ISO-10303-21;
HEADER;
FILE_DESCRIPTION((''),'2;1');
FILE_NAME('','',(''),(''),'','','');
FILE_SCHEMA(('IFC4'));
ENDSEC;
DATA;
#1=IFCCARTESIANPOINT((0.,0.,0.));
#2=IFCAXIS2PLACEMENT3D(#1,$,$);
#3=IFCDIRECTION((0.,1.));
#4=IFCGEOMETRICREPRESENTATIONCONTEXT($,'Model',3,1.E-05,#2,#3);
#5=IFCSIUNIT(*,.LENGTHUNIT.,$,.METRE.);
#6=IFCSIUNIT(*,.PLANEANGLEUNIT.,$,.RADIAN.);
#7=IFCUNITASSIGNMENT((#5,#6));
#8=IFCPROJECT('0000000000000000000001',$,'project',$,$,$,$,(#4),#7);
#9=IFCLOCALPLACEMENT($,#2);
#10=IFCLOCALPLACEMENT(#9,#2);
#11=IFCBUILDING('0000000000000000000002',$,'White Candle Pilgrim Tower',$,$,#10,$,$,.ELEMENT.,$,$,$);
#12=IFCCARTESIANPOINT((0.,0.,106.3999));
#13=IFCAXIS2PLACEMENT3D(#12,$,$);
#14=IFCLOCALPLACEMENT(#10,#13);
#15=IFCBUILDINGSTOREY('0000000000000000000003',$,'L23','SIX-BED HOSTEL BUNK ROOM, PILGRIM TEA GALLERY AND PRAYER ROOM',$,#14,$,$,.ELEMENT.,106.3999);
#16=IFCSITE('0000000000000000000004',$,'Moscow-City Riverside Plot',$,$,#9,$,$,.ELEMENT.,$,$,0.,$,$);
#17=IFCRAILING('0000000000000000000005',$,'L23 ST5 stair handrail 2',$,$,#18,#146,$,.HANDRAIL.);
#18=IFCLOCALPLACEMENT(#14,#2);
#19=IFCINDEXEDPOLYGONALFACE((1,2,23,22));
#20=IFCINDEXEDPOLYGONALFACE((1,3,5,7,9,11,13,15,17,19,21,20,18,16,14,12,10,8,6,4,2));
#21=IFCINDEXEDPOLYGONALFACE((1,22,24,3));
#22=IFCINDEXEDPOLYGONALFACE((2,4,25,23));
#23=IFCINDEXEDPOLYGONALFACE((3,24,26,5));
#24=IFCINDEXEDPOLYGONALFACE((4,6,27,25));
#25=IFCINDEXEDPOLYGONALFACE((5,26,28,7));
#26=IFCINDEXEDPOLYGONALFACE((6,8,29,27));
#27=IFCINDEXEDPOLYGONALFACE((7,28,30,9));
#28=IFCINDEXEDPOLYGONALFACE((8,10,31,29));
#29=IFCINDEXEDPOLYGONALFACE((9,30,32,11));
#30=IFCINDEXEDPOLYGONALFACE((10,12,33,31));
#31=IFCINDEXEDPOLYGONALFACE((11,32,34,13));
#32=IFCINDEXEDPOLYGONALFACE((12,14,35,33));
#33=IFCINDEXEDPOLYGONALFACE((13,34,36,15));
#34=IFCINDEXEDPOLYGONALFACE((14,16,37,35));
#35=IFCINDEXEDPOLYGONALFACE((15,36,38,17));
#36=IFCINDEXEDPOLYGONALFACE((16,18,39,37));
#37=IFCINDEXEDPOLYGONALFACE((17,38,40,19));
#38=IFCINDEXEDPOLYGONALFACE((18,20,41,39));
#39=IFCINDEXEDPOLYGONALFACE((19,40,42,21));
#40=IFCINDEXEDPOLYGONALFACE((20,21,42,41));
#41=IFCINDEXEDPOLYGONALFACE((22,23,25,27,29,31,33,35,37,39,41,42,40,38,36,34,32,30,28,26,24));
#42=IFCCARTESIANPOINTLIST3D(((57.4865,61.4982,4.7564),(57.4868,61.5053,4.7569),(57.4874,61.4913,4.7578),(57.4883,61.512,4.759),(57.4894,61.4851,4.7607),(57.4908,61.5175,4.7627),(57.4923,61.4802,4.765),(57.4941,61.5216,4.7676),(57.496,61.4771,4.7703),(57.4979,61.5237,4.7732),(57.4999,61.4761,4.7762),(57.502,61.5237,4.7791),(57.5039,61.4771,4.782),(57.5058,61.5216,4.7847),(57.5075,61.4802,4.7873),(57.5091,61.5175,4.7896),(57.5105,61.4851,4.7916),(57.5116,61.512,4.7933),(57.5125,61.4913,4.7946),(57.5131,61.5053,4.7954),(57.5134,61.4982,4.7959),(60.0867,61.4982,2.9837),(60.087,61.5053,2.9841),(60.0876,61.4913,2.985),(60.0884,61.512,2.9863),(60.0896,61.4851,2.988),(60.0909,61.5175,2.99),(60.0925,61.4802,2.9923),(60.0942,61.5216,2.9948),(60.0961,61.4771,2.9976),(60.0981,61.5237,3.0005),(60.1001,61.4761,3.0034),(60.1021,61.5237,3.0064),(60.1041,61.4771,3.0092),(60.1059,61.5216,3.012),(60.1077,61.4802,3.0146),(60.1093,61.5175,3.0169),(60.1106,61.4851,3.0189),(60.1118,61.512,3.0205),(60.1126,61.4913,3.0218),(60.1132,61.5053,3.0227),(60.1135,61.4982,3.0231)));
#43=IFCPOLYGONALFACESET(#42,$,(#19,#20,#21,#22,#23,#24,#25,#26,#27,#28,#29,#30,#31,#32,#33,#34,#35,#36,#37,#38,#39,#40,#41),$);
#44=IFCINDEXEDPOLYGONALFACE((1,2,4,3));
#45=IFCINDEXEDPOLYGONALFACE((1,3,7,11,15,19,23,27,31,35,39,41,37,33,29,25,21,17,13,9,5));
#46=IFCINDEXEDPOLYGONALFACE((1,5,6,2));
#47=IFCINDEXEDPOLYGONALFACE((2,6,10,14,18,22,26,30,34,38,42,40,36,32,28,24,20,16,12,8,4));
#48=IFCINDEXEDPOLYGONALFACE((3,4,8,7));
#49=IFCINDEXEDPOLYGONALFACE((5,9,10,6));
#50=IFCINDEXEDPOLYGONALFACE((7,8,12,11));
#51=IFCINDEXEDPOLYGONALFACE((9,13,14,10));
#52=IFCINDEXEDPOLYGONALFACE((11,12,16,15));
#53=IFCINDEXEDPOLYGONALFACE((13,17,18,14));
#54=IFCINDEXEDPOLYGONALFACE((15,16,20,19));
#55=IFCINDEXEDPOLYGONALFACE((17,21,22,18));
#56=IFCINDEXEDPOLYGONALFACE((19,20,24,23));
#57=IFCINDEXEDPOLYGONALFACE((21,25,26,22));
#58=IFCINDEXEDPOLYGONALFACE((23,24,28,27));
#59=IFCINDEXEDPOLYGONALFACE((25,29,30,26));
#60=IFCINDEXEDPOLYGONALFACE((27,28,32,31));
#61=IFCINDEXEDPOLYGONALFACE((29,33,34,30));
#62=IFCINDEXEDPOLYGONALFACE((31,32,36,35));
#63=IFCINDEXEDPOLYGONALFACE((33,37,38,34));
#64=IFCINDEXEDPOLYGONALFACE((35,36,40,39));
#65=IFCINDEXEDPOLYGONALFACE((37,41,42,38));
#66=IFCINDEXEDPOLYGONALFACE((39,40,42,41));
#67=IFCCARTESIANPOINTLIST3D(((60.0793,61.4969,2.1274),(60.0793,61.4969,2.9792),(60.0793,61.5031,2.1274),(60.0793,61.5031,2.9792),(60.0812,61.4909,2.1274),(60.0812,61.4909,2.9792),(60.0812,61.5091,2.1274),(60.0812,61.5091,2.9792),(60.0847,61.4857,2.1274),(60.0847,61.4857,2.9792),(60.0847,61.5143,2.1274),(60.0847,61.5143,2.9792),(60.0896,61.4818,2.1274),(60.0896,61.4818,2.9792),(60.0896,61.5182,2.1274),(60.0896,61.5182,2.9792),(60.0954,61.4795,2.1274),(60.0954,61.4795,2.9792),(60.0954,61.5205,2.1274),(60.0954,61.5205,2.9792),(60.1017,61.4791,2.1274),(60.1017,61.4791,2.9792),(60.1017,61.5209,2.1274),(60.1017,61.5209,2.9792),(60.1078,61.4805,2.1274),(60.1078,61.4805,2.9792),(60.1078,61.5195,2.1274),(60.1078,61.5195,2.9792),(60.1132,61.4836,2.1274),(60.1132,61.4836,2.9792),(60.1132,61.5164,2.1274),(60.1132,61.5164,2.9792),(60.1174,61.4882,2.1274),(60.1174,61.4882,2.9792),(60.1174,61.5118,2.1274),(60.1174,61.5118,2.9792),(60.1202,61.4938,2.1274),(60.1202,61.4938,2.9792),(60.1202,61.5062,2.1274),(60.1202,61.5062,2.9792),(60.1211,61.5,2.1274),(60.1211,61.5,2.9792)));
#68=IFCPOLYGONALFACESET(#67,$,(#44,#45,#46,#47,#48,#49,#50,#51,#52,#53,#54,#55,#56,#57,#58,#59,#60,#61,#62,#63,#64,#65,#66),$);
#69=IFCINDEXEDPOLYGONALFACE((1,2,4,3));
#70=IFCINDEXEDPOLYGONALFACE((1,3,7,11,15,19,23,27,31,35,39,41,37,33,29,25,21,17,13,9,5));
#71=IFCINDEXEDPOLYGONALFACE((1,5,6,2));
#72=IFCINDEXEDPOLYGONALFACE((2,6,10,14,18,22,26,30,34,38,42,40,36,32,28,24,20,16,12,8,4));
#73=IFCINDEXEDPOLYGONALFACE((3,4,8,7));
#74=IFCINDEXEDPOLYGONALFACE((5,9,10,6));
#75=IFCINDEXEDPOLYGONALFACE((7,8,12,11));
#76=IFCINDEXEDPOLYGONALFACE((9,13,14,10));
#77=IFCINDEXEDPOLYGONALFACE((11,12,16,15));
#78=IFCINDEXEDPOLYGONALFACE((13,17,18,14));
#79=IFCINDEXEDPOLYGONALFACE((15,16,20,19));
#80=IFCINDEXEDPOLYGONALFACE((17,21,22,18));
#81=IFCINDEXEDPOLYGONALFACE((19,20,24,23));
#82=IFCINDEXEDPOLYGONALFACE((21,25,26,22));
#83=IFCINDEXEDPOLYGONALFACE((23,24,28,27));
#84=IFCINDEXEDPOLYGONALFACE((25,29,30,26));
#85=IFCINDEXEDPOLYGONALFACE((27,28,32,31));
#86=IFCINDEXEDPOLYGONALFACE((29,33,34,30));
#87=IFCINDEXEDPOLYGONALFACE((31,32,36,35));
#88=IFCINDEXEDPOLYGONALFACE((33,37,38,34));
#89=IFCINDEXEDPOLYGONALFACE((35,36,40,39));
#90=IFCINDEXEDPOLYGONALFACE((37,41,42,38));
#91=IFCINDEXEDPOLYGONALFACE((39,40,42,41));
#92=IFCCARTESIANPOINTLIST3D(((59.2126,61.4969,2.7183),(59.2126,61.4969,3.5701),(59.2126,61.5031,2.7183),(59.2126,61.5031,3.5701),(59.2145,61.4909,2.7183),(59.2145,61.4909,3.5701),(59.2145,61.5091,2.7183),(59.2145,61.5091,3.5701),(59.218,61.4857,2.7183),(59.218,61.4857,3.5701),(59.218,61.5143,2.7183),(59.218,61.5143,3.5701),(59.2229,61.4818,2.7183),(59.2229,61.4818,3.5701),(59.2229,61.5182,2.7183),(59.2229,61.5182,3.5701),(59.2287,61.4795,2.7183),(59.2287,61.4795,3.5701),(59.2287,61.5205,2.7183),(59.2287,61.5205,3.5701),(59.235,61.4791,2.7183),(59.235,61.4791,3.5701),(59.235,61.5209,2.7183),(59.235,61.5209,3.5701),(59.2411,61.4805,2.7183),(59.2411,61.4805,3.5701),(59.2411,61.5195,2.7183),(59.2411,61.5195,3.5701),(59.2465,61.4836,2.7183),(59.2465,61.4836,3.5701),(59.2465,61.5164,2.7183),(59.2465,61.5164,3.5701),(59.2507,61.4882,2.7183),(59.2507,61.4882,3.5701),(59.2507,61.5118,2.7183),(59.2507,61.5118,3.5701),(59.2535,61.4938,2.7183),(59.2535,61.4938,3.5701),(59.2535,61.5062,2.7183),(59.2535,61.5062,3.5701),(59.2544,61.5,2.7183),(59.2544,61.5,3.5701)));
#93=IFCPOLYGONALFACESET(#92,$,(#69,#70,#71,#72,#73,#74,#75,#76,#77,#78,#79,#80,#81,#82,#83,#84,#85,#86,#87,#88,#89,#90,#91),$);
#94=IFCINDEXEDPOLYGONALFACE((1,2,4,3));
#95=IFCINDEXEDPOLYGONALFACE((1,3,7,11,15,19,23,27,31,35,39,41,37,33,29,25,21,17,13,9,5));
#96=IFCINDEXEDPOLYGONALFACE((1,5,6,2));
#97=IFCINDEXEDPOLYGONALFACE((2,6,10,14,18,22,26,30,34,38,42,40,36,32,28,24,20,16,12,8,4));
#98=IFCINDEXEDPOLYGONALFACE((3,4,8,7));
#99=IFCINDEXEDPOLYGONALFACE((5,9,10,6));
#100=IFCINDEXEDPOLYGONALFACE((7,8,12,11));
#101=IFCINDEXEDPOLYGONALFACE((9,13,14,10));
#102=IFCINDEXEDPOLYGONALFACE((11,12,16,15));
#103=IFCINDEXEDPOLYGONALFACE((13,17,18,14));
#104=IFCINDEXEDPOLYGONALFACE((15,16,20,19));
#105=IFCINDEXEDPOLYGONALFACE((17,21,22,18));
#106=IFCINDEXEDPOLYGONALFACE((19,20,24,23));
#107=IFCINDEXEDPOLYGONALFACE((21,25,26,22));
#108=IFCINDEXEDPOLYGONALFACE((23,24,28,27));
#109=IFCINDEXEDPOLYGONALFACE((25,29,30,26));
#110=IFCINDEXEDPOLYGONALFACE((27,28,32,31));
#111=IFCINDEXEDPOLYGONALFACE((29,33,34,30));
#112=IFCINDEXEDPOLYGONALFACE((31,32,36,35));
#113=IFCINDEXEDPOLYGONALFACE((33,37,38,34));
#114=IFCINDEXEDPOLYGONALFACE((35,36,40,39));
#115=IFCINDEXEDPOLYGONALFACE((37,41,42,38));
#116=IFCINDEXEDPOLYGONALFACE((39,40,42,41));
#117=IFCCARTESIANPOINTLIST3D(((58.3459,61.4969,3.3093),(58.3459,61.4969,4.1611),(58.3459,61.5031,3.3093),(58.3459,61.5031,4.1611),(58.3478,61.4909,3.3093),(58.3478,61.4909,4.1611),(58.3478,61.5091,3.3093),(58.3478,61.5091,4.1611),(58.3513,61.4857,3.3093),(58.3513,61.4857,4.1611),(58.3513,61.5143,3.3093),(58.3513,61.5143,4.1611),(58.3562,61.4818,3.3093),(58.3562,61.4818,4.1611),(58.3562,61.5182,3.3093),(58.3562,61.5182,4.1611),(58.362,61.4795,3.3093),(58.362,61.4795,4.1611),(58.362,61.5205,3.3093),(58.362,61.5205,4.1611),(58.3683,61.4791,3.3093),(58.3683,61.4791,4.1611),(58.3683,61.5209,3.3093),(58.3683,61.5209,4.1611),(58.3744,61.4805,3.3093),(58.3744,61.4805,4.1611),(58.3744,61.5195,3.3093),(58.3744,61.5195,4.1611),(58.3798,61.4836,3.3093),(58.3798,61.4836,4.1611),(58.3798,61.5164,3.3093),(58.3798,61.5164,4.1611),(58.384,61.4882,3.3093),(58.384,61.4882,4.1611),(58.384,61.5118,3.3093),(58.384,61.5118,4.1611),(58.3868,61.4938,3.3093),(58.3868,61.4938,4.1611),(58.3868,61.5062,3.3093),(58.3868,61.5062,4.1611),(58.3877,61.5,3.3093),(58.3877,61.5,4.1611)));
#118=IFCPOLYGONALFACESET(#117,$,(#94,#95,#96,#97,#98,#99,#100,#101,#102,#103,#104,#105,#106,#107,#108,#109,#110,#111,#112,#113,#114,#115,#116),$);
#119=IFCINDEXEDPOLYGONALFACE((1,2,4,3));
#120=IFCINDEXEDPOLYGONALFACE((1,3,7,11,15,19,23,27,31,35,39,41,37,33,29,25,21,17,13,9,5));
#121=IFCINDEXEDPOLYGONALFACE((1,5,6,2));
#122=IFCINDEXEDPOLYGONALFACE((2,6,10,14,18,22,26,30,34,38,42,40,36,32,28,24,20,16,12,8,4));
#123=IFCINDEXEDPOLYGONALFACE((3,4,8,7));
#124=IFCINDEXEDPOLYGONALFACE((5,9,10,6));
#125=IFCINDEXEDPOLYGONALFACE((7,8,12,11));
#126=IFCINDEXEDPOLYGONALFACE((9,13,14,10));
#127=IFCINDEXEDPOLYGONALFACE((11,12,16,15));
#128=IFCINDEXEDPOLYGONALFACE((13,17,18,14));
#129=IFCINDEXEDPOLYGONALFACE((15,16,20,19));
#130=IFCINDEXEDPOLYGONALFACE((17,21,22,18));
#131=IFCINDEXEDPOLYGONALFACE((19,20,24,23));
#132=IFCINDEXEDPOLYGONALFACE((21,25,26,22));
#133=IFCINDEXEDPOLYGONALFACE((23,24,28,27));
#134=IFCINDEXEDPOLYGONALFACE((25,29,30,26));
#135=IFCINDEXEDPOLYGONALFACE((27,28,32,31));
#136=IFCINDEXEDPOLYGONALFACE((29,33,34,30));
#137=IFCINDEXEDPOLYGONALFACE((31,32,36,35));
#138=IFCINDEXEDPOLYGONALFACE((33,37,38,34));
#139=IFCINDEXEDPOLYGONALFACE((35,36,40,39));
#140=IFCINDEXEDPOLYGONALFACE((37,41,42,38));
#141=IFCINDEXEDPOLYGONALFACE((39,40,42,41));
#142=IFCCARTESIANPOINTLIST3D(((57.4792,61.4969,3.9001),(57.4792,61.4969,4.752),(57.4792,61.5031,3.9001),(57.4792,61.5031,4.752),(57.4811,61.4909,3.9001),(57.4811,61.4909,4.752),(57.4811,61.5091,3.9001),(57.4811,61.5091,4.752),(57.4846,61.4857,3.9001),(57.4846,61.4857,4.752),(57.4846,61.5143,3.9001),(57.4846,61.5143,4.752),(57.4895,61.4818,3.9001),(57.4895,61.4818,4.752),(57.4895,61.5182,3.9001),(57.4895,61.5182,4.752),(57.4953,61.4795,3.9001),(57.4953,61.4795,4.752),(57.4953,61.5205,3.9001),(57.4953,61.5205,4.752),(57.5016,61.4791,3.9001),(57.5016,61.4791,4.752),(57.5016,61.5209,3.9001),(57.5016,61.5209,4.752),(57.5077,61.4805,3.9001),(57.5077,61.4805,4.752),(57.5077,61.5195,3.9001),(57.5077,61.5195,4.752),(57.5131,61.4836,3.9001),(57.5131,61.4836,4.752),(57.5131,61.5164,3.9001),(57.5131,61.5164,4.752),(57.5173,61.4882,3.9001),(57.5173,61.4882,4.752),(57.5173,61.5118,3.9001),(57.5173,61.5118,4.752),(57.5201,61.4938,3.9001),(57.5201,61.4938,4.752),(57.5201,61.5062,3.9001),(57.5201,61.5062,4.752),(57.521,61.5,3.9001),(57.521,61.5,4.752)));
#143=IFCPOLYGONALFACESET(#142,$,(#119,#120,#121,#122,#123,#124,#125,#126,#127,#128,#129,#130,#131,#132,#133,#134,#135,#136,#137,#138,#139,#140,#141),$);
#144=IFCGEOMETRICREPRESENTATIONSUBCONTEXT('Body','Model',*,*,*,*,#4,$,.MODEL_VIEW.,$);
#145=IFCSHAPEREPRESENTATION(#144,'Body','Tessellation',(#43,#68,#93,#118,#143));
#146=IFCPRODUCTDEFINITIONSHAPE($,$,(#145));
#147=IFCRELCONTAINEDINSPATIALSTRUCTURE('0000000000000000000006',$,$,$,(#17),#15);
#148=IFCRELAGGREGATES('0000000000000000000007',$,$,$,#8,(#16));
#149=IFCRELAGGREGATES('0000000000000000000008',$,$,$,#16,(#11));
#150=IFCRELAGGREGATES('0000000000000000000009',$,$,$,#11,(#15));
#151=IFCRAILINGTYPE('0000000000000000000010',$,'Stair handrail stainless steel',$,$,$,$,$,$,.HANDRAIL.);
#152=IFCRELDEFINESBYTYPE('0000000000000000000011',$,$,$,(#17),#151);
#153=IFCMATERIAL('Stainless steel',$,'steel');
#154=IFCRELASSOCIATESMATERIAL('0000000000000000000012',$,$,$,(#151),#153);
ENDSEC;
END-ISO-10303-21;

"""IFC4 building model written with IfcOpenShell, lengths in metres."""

from ifc_helpers import new_model, si_unit, direction, frame, origin, origin_2d, place, context, subcontext, project, spatial, circle, extrude, material, type_object, element, save


model = new_model("IFC4")

# Units and contexts
model_context = context("Model", 3, precision=1e-05, world=origin(), true_north=direction((0.0, 1.0)))
body_context = subcontext(model_context, "Body", "Model", "MODEL_VIEW")
ifc_project = project(units=[si_unit("LENGTHUNIT", "METRE"), si_unit("PLANEANGLEUNIT", "RADIAN")], contexts=[model_context])

# Site, building, storey
site_placement = place(None, origin())
site = spatial("IfcSite", under=ifc_project, at=site_placement, Name="Moscow-City Riverside Plot", CompositionType="ELEMENT", RefElevation=0.0)
building_placement = place(site_placement, origin())
building = spatial("IfcBuilding", under=site, at=building_placement, Name="White Candle Pilgrim Tower", CompositionType="ELEMENT")
storey_placement = place(building_placement, frame((0.0, 0.0, 106.3999)))
storey = spatial("IfcBuildingStorey", under=building, at=storey_placement, Name="L23", Description="SIX-BED HOSTEL BUNK ROOM, PILGRIM TEA GALLERY AND PRAYER ROOM", CompositionType="ELEMENT", Elevation=106.3999)

# Railing
ifc_material_1 = material(Name="Stainless steel", Category="steel")
railing_type_1 = type_object("IfcRailingType", Name="Stair handrail stainless steel", PredefinedType="HANDRAIL", material=ifc_material_1)
railing_1_placement = place(storey_placement, frame((60.1001, 61.5, 2.1274)))
element("IfcRailing", 1, at=railing_1_placement, inside=storey, type_object=railing_type_1, Name="L23 ST5 stair handrail 2", PredefinedType="HANDRAIL", context=body_context, shape_type="SweptSolid", body=[
    extrude(circle(Radius=0.0239, at=origin_2d()), frame((0.0, 0.0, 0.876), z_axis=(-0.82624, 0.0, 0.563318), x_axis=(0.0, -1.0, 0.0)), (0.0, 0.0, 1.0), 3.147),
    extrude(circle(Radius=0.021, at=origin_2d()), origin(), (0.0, 0.0, 1.0), 0.8518),
    extrude(circle(Radius=0.021, at=origin_2d()), frame((-0.8667, 0.0, 0.5908)), (0.0, 0.0, 1.0), 0.8518),
    extrude(circle(Radius=0.021, at=origin_2d()), frame((-1.7334, 0.0, 1.1819)), (0.0, 0.0, 1.0), 0.8518),
    extrude(circle(Radius=0.021, at=origin_2d()), frame((-2.6001, 0.0, 1.7727)), (0.0, 0.0, 1.0), 0.8518),
])

save(model, "model.ifc")
